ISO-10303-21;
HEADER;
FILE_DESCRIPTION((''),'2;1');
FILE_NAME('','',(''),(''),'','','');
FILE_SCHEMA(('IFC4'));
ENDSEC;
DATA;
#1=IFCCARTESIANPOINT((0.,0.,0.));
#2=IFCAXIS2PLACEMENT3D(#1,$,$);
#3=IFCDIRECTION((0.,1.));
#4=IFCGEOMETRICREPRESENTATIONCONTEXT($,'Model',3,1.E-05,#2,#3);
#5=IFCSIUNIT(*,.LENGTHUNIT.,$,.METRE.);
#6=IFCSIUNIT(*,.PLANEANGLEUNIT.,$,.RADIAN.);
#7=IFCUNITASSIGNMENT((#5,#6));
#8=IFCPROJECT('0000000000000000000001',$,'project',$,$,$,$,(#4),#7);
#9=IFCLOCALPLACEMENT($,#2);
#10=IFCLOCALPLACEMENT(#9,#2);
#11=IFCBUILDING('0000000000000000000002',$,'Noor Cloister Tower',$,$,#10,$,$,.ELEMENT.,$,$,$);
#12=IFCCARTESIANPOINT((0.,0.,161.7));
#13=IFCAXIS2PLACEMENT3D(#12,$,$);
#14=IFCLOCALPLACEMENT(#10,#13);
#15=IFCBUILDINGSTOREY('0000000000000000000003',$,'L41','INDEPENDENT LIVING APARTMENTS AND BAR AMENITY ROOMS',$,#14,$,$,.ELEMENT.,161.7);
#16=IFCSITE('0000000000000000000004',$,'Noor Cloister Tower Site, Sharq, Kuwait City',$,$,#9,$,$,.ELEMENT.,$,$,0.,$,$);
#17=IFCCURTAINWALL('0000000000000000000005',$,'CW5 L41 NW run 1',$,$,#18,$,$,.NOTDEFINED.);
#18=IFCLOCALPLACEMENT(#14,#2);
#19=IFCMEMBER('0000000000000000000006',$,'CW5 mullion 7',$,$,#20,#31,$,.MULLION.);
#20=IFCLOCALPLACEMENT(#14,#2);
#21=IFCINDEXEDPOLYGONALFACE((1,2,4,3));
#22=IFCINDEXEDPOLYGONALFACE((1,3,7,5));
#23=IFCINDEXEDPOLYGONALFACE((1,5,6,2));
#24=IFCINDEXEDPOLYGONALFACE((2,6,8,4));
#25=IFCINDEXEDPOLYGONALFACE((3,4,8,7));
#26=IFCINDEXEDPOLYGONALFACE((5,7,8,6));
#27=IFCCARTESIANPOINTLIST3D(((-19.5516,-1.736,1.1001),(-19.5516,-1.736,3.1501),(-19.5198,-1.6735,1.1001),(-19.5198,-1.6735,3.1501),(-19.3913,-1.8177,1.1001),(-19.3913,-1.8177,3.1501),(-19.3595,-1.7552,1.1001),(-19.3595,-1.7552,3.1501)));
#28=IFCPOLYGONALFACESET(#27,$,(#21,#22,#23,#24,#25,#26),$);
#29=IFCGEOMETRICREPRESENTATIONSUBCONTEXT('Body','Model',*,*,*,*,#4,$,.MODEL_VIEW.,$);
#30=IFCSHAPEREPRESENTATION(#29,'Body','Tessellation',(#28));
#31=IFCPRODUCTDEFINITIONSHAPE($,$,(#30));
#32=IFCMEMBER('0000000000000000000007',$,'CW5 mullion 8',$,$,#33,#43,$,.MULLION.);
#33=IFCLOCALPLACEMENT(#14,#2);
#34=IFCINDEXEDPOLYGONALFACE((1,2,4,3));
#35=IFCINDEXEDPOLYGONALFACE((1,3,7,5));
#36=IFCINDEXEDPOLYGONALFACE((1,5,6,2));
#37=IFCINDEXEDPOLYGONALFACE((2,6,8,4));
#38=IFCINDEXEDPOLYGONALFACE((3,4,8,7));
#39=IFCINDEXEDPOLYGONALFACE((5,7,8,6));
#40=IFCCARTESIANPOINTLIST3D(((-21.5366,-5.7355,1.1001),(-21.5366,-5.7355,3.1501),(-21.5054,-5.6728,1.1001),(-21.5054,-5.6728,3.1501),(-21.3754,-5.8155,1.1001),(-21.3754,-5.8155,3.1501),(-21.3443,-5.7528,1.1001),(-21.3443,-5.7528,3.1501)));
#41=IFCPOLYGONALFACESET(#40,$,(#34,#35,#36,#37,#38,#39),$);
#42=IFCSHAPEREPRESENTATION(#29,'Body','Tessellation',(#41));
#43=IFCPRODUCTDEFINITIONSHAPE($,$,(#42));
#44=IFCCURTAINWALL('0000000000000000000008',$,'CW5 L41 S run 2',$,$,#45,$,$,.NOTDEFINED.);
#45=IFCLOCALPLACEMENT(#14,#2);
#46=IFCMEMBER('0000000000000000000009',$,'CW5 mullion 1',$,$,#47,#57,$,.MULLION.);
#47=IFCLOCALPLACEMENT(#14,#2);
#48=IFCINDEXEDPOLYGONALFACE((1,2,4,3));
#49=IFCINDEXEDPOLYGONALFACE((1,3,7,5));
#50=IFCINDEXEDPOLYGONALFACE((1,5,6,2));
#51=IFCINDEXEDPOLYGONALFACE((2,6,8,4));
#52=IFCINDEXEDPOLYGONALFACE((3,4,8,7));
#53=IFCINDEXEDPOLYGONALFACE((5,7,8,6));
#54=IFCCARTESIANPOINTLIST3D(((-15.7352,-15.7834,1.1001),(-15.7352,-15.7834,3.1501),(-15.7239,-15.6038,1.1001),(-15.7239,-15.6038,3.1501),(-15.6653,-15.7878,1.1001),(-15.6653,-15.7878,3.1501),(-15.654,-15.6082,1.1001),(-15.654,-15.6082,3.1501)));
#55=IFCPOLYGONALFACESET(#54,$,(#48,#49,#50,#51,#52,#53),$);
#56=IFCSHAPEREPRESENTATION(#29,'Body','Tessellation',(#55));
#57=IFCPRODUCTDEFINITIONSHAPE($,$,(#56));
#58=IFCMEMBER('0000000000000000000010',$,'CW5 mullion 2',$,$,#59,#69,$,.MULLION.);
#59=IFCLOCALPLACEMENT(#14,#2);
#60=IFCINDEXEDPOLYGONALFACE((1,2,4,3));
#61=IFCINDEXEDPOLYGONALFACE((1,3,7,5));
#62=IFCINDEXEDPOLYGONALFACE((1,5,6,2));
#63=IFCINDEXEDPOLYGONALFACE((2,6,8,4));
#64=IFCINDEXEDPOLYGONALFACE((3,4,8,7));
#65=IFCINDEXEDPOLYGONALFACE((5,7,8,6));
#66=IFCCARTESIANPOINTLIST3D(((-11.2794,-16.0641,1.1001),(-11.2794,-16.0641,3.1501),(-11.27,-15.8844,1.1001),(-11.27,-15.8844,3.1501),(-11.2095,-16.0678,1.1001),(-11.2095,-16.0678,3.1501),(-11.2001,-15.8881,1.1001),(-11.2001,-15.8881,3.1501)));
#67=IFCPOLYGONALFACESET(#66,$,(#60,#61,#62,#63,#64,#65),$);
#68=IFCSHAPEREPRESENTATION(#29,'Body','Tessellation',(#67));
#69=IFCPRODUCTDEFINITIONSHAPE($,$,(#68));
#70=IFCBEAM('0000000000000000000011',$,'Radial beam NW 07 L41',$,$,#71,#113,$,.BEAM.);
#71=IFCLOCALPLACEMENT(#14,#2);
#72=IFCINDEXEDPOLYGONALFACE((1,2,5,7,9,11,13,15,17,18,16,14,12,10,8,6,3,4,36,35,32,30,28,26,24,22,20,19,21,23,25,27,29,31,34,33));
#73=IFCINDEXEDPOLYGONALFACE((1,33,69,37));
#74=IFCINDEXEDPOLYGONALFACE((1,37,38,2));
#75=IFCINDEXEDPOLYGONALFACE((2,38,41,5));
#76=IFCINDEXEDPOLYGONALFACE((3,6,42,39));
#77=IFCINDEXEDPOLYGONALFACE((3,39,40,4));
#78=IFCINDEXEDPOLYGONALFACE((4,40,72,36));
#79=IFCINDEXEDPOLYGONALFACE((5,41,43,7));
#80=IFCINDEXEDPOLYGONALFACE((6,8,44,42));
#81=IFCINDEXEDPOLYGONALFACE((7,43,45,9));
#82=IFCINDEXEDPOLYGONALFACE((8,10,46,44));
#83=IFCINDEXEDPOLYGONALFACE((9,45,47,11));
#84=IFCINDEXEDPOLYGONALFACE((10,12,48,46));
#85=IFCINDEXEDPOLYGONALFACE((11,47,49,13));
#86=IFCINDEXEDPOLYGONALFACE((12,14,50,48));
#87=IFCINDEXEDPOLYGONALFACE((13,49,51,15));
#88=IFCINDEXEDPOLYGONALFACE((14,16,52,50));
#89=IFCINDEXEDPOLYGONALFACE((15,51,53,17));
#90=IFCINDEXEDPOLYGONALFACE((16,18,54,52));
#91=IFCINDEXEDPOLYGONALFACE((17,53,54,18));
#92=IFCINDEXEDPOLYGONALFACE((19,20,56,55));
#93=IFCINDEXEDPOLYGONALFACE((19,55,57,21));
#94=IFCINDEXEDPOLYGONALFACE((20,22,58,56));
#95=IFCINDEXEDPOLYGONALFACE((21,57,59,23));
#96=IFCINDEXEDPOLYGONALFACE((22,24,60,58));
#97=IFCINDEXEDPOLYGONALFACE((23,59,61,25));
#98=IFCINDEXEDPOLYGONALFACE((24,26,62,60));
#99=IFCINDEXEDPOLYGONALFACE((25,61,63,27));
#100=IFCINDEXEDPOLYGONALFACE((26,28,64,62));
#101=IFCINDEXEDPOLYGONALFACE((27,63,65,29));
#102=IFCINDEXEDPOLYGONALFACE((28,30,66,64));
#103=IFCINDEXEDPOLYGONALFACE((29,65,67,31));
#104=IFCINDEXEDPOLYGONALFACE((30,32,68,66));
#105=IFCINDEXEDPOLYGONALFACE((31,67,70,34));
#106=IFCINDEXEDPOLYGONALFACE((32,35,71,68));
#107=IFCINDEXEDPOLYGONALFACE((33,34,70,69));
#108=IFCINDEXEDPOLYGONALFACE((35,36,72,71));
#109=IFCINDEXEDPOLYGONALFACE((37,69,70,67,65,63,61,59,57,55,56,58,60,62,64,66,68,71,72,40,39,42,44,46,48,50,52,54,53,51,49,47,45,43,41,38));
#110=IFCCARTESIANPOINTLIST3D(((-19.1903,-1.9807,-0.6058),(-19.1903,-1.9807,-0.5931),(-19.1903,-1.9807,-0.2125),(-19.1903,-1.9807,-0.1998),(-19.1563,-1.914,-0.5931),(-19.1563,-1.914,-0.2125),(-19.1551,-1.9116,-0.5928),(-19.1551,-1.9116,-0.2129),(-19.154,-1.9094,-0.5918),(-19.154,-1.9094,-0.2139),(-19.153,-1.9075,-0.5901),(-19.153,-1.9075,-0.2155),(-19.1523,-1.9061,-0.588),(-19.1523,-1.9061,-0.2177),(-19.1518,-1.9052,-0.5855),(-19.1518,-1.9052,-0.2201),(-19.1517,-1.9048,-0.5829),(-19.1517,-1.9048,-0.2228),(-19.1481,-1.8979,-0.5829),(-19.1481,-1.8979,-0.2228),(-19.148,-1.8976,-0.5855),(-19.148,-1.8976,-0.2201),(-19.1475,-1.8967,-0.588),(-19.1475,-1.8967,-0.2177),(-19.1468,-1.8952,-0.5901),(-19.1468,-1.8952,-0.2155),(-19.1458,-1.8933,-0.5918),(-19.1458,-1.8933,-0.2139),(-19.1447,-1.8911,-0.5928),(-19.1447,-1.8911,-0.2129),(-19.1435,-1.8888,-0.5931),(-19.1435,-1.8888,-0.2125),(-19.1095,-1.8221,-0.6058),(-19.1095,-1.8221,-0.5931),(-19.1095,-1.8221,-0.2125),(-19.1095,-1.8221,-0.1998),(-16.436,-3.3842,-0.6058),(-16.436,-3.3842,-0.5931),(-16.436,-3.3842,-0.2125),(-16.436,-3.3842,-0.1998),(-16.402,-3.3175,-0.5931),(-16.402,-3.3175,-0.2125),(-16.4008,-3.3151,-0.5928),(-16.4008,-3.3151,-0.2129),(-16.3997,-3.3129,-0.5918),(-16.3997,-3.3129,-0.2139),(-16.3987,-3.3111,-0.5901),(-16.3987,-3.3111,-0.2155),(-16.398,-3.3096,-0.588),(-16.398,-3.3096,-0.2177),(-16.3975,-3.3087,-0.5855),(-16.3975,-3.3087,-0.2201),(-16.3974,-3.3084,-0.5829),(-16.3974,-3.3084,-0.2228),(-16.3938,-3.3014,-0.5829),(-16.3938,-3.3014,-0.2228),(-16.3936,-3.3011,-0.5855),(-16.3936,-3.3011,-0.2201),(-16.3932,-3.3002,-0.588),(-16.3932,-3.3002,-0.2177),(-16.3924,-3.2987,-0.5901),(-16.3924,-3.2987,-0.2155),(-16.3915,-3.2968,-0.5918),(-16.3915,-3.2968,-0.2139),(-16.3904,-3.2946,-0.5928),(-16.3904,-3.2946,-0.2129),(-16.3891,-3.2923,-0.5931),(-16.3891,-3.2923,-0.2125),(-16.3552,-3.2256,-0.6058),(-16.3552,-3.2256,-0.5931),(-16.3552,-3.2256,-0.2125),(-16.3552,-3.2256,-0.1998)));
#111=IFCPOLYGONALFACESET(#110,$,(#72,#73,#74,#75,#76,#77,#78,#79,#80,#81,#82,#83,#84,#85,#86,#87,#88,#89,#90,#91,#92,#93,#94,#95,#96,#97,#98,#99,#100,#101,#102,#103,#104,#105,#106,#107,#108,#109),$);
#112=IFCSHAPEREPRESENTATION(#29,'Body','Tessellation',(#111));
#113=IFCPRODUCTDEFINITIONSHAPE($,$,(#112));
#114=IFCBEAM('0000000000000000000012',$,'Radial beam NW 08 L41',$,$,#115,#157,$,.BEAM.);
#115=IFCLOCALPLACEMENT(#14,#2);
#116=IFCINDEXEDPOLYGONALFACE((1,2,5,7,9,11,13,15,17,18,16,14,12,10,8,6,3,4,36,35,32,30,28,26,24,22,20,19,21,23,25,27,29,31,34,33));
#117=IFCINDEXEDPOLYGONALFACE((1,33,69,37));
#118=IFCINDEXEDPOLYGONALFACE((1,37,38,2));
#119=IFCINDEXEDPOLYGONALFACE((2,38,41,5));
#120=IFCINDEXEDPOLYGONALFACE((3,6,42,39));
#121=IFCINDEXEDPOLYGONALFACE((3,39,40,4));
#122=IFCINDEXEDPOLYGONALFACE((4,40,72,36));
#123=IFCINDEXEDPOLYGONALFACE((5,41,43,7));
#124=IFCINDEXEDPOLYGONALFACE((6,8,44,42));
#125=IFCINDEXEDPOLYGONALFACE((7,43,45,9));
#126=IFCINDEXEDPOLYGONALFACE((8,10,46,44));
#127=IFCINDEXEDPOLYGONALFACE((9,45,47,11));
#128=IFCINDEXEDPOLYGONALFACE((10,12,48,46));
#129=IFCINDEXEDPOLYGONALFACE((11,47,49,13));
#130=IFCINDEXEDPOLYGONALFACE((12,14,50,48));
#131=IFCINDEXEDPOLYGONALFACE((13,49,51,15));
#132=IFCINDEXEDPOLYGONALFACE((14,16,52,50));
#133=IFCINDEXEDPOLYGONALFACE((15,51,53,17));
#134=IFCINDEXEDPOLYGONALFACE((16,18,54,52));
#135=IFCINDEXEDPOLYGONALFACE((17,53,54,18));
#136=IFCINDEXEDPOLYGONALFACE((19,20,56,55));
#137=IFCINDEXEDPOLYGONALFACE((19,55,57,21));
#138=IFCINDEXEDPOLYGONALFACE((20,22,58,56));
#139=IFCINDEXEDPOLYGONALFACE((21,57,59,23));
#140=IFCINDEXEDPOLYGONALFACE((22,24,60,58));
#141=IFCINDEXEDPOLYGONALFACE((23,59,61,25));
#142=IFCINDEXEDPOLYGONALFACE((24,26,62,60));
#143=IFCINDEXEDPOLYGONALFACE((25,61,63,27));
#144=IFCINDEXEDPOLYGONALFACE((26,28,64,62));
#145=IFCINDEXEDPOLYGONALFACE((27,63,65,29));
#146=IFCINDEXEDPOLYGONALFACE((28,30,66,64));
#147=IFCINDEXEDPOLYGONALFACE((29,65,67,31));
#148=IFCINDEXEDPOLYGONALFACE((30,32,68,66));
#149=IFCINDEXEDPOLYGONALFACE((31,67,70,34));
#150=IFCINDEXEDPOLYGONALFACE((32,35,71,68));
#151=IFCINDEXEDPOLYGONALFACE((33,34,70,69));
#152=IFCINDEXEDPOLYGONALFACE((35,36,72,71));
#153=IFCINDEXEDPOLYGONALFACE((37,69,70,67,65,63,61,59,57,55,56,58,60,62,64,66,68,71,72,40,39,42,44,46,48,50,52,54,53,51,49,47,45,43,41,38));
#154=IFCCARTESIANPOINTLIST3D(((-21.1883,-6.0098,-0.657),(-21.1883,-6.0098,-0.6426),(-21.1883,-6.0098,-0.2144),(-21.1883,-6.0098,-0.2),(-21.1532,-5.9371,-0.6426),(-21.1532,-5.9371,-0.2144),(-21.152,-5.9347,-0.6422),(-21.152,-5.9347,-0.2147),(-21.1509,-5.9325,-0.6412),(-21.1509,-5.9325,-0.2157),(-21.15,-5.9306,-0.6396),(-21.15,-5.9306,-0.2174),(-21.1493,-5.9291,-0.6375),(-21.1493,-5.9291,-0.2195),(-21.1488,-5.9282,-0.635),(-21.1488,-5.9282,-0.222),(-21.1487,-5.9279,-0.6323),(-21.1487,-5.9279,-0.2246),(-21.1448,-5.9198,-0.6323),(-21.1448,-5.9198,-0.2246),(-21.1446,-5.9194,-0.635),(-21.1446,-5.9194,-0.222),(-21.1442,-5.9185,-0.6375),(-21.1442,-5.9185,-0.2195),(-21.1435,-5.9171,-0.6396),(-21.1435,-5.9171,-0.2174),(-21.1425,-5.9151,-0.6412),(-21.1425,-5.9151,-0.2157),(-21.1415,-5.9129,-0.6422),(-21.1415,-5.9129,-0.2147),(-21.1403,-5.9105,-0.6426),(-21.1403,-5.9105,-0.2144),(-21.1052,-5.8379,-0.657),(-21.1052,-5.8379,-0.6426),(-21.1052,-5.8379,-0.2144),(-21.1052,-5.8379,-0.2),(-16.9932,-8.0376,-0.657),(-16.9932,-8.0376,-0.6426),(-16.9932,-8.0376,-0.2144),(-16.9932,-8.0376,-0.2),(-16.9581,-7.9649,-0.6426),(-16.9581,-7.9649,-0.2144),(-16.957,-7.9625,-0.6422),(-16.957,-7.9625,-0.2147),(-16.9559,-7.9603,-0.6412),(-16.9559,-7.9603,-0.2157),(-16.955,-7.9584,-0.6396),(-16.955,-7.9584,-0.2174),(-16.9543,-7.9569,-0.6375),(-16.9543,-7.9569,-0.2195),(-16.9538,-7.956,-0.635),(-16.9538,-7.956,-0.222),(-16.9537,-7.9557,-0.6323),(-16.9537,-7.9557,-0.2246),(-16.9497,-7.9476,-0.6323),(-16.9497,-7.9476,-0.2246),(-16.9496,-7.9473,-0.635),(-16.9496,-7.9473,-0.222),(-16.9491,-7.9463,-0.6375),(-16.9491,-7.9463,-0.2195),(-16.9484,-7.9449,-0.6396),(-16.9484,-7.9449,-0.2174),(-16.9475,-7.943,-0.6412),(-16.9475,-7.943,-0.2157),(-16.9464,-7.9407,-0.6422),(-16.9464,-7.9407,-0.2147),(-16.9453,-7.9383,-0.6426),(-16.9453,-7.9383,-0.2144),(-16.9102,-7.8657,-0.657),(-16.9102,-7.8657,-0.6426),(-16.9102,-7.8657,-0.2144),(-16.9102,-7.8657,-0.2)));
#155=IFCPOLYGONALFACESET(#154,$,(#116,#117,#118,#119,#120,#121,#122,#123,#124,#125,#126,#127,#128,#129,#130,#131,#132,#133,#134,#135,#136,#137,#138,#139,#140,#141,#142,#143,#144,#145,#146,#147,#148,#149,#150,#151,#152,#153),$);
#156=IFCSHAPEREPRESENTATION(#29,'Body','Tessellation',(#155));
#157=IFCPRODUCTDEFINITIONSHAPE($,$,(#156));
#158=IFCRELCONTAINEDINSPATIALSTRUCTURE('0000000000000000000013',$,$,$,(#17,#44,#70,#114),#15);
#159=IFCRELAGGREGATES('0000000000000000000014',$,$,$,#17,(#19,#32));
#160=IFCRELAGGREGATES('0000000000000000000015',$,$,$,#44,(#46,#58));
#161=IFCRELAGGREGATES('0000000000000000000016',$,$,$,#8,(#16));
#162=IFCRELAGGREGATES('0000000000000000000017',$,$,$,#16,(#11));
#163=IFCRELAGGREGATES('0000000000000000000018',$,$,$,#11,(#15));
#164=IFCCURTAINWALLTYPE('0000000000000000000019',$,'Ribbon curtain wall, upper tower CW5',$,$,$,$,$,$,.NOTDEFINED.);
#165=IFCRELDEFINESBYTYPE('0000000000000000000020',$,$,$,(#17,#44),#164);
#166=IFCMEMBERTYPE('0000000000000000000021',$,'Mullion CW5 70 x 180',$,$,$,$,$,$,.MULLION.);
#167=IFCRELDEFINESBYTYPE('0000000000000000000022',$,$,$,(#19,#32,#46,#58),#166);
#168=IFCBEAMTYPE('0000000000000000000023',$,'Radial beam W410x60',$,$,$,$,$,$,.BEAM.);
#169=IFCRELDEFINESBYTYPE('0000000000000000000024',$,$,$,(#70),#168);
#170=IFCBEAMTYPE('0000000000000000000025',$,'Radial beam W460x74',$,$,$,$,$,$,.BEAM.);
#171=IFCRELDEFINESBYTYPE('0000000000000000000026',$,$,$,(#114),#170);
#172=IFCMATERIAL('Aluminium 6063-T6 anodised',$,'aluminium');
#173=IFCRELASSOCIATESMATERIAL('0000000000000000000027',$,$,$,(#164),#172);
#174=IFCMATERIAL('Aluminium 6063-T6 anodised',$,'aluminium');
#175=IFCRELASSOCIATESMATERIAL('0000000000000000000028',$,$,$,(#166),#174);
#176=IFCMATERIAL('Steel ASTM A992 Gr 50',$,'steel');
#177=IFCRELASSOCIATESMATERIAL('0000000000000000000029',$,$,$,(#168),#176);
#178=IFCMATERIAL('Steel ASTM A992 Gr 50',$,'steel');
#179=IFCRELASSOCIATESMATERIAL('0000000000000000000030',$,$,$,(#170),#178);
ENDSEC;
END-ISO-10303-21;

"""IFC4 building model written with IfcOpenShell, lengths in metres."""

from ifc_helpers import new_model, si_unit, direction, frame, origin, origin_2d, place, context, subcontext, project, spatial, rectangle, i_section, extrude, material, material_profile, profile_set, type_object, element, aggregate, save


model = new_model("IFC4")

# Units and contexts
model_context = context("Model", 3, precision=1e-05, world=origin(), true_north=direction((0.0, 1.0)))
body_context = subcontext(model_context, "Body", "Model", "MODEL_VIEW")
ifc_project = project(units=[si_unit("LENGTHUNIT", "METRE"), si_unit("PLANEANGLEUNIT", "RADIAN")], contexts=[model_context])

# Site, building, storey
site_placement = place(None, origin())
site = spatial("IfcSite", under=ifc_project, at=site_placement, Name="Noor Cloister Tower Site, Sharq, Kuwait City", CompositionType="ELEMENT", RefElevation=0.0)
building_placement = place(site_placement, origin())
building = spatial("IfcBuilding", under=site, at=building_placement, Name="Noor Cloister Tower", CompositionType="ELEMENT")
storey_placement = place(building_placement, frame((0.0, 0.0, 161.7)))
storey = spatial("IfcBuildingStorey", under=building, at=storey_placement, Name="L41", Description="INDEPENDENT LIVING APARTMENTS AND BAR AMENITY ROOMS", CompositionType="ELEMENT", Elevation=161.7)

# Curtain walls, members
ifc_material_1 = material(Name="Aluminium 6063-T6 anodised", Category="aluminium")
curtain_wall_type = type_object("IfcCurtainWallType", Name="Ribbon curtain wall, upper tower CW5", PredefinedType="NOTDEFINED", material=ifc_material_1)
curtain_wall_1_placement = place(storey_placement, origin())
curtain_wall_1 = element("IfcCurtainWall", 1, at=curtain_wall_1_placement, inside=storey, type_object=curtain_wall_type, Name="CW5 L41 NW run 1", PredefinedType="NOTDEFINED")
ifc_material_2 = material(Name="Aluminium 6063-T6 anodised", Category="aluminium")
ifc_material_profile_1 = material_profile(ifc_material_2, rectangle(XDim=0.1799, YDim=0.0701, at=origin_2d()), Name="180 x 70 mullion")
ifc_profile_set_1 = profile_set([ifc_material_profile_1], Name="Aluminium 6063-T6 anodised")
member_type = type_object("IfcMemberType", Name="Mullion CW5 70 x 180", PredefinedType="MULLION", material=ifc_profile_set_1)
member_1_placement = place(storey_placement, frame((-19.4556, -1.7456, 1.1001), z_axis=(0.0, 0.0, 1.0), x_axis=(0.891009, -0.453985, 0.0)))
member_1 = element("IfcMember", 2, at=member_1_placement, type_object=member_type, Name="CW5 mullion 7", PredefinedType="MULLION", context=body_context, shape_type="SweptSolid", body=[
    extrude(rectangle(XDim=0.1799, YDim=0.0701, at=origin_2d()), origin(), (0.0, 0.0, 1.0), 2.05),
])
member_2_placement = place(storey_placement, frame((-21.4404, -5.7441, 1.1001), z_axis=(0.0, 0.0, 1.0), x_axis=(0.895715, -0.444629, 0.0)))
member_2 = element("IfcMember", 3, at=member_2_placement, type_object=member_type, Name="CW5 mullion 8", PredefinedType="MULLION", context=body_context, shape_type="SweptSolid", body=[
    extrude(rectangle(XDim=0.1799, YDim=0.0701, at=origin_2d()), origin(), (0.0, 0.0, 1.0), 2.05),
])
curtain_wall_2_placement = place(storey_placement, origin())
curtain_wall_2 = element("IfcCurtainWall", 4, at=curtain_wall_2_placement, inside=storey, type_object=curtain_wall_type, Name="CW5 L41 S run 2", PredefinedType="NOTDEFINED")
member_3_placement = place(storey_placement, frame((-15.6946, -15.6958, 1.1001), z_axis=(0.0, 0.0, 1.0), x_axis=(0.062798, 0.998026, 0.0)))
member_3 = element("IfcMember", 5, at=member_3_placement, type_object=member_type, Name="CW5 mullion 1", PredefinedType="MULLION", context=body_context, shape_type="SweptSolid", body=[
    extrude(rectangle(XDim=0.1799, YDim=0.0701, at=origin_2d()), origin(), (0.0, 0.0, 1.0), 2.05),
])
member_4_placement = place(storey_placement, frame((-11.2397, -15.9761, 1.1001), z_axis=(0.0, 0.0, 1.0), x_axis=(0.052342, 0.998629, 0.0)))
member_4 = element("IfcMember", 6, at=member_4_placement, type_object=member_type, Name="CW5 mullion 2", PredefinedType="MULLION", context=body_context, shape_type="SweptSolid", body=[
    extrude(rectangle(XDim=0.1799, YDim=0.0701, at=origin_2d()), origin(), (0.0, 0.0, 1.0), 2.05),
])

# Beams
ifc_material_3 = material(Name="Steel ASTM A992 Gr 50", Category="steel")
ifc_material_profile_2 = material_profile(ifc_material_3, i_section(OverallWidth=0.178, OverallDepth=0.406, WebThickness=0.0078, FlangeThickness=0.0127, FilletRadius=0.0103, at=origin_2d()), Name="W410x60")
ifc_profile_set_2 = profile_set([ifc_material_profile_2], Name="Steel ASTM A992 Gr 50")
beam_type_1 = type_object("IfcBeamType", Name="Radial beam W410x60", PredefinedType="BEAM", material=ifc_profile_set_2)
beam_1_placement = place(storey_placement, frame((-19.1499, -1.9014, -0.4028), z_axis=(0.890989, -0.454024, 0.0), x_axis=(0.454024, 0.890989, 0.0)))
element("IfcBeam", 7, at=beam_1_placement, inside=storey, type_object=beam_type_1, Name="Radial beam NW 07 L41", PredefinedType="BEAM", context=body_context, shape_type="SweptSolid", body=[
    extrude(i_section(OverallWidth=0.178, OverallDepth=0.406, WebThickness=0.0078, FlangeThickness=0.0127, FilletRadius=0.0103, at=origin_2d()), origin(), (0.0, 0.0, 1.0), 3.0913),
])
ifc_material_4 = material(Name="Steel ASTM A992 Gr 50", Category="steel")
ifc_material_profile_3 = material_profile(ifc_material_4, i_section(OverallWidth=0.1909, OverallDepth=0.457, WebThickness=0.009, FlangeThickness=0.0144, FilletRadius=0.0103, at=origin_2d()), Name="W460x74")
ifc_profile_set_3 = profile_set([ifc_material_profile_3], Name="Steel ASTM A992 Gr 50")
beam_type_2 = type_object("IfcBeamType", Name="Radial beam W460x74", PredefinedType="BEAM", material=ifc_profile_set_3)
beam_2_placement = place(storey_placement, frame((-21.1467, -5.9238, -0.4285), z_axis=(0.900331, -0.435206, 0.0), x_axis=(0.435206, 0.900331, 0.0)))
element("IfcBeam", 8, at=beam_2_placement, inside=storey, type_object=beam_type_2, Name="Radial beam NW 08 L41", PredefinedType="BEAM", context=body_context, shape_type="SweptSolid", body=[
    extrude(i_section(OverallWidth=0.1909, OverallDepth=0.457, WebThickness=0.009, FlangeThickness=0.0144, FilletRadius=0.0103, at=origin_2d()), origin(), (0.0, 0.0, 1.0), 4.6594),
])

aggregate(curtain_wall_1, [member_1, member_2])
aggregate(curtain_wall_2, [member_3, member_4])

save(model, "model.ifc")
